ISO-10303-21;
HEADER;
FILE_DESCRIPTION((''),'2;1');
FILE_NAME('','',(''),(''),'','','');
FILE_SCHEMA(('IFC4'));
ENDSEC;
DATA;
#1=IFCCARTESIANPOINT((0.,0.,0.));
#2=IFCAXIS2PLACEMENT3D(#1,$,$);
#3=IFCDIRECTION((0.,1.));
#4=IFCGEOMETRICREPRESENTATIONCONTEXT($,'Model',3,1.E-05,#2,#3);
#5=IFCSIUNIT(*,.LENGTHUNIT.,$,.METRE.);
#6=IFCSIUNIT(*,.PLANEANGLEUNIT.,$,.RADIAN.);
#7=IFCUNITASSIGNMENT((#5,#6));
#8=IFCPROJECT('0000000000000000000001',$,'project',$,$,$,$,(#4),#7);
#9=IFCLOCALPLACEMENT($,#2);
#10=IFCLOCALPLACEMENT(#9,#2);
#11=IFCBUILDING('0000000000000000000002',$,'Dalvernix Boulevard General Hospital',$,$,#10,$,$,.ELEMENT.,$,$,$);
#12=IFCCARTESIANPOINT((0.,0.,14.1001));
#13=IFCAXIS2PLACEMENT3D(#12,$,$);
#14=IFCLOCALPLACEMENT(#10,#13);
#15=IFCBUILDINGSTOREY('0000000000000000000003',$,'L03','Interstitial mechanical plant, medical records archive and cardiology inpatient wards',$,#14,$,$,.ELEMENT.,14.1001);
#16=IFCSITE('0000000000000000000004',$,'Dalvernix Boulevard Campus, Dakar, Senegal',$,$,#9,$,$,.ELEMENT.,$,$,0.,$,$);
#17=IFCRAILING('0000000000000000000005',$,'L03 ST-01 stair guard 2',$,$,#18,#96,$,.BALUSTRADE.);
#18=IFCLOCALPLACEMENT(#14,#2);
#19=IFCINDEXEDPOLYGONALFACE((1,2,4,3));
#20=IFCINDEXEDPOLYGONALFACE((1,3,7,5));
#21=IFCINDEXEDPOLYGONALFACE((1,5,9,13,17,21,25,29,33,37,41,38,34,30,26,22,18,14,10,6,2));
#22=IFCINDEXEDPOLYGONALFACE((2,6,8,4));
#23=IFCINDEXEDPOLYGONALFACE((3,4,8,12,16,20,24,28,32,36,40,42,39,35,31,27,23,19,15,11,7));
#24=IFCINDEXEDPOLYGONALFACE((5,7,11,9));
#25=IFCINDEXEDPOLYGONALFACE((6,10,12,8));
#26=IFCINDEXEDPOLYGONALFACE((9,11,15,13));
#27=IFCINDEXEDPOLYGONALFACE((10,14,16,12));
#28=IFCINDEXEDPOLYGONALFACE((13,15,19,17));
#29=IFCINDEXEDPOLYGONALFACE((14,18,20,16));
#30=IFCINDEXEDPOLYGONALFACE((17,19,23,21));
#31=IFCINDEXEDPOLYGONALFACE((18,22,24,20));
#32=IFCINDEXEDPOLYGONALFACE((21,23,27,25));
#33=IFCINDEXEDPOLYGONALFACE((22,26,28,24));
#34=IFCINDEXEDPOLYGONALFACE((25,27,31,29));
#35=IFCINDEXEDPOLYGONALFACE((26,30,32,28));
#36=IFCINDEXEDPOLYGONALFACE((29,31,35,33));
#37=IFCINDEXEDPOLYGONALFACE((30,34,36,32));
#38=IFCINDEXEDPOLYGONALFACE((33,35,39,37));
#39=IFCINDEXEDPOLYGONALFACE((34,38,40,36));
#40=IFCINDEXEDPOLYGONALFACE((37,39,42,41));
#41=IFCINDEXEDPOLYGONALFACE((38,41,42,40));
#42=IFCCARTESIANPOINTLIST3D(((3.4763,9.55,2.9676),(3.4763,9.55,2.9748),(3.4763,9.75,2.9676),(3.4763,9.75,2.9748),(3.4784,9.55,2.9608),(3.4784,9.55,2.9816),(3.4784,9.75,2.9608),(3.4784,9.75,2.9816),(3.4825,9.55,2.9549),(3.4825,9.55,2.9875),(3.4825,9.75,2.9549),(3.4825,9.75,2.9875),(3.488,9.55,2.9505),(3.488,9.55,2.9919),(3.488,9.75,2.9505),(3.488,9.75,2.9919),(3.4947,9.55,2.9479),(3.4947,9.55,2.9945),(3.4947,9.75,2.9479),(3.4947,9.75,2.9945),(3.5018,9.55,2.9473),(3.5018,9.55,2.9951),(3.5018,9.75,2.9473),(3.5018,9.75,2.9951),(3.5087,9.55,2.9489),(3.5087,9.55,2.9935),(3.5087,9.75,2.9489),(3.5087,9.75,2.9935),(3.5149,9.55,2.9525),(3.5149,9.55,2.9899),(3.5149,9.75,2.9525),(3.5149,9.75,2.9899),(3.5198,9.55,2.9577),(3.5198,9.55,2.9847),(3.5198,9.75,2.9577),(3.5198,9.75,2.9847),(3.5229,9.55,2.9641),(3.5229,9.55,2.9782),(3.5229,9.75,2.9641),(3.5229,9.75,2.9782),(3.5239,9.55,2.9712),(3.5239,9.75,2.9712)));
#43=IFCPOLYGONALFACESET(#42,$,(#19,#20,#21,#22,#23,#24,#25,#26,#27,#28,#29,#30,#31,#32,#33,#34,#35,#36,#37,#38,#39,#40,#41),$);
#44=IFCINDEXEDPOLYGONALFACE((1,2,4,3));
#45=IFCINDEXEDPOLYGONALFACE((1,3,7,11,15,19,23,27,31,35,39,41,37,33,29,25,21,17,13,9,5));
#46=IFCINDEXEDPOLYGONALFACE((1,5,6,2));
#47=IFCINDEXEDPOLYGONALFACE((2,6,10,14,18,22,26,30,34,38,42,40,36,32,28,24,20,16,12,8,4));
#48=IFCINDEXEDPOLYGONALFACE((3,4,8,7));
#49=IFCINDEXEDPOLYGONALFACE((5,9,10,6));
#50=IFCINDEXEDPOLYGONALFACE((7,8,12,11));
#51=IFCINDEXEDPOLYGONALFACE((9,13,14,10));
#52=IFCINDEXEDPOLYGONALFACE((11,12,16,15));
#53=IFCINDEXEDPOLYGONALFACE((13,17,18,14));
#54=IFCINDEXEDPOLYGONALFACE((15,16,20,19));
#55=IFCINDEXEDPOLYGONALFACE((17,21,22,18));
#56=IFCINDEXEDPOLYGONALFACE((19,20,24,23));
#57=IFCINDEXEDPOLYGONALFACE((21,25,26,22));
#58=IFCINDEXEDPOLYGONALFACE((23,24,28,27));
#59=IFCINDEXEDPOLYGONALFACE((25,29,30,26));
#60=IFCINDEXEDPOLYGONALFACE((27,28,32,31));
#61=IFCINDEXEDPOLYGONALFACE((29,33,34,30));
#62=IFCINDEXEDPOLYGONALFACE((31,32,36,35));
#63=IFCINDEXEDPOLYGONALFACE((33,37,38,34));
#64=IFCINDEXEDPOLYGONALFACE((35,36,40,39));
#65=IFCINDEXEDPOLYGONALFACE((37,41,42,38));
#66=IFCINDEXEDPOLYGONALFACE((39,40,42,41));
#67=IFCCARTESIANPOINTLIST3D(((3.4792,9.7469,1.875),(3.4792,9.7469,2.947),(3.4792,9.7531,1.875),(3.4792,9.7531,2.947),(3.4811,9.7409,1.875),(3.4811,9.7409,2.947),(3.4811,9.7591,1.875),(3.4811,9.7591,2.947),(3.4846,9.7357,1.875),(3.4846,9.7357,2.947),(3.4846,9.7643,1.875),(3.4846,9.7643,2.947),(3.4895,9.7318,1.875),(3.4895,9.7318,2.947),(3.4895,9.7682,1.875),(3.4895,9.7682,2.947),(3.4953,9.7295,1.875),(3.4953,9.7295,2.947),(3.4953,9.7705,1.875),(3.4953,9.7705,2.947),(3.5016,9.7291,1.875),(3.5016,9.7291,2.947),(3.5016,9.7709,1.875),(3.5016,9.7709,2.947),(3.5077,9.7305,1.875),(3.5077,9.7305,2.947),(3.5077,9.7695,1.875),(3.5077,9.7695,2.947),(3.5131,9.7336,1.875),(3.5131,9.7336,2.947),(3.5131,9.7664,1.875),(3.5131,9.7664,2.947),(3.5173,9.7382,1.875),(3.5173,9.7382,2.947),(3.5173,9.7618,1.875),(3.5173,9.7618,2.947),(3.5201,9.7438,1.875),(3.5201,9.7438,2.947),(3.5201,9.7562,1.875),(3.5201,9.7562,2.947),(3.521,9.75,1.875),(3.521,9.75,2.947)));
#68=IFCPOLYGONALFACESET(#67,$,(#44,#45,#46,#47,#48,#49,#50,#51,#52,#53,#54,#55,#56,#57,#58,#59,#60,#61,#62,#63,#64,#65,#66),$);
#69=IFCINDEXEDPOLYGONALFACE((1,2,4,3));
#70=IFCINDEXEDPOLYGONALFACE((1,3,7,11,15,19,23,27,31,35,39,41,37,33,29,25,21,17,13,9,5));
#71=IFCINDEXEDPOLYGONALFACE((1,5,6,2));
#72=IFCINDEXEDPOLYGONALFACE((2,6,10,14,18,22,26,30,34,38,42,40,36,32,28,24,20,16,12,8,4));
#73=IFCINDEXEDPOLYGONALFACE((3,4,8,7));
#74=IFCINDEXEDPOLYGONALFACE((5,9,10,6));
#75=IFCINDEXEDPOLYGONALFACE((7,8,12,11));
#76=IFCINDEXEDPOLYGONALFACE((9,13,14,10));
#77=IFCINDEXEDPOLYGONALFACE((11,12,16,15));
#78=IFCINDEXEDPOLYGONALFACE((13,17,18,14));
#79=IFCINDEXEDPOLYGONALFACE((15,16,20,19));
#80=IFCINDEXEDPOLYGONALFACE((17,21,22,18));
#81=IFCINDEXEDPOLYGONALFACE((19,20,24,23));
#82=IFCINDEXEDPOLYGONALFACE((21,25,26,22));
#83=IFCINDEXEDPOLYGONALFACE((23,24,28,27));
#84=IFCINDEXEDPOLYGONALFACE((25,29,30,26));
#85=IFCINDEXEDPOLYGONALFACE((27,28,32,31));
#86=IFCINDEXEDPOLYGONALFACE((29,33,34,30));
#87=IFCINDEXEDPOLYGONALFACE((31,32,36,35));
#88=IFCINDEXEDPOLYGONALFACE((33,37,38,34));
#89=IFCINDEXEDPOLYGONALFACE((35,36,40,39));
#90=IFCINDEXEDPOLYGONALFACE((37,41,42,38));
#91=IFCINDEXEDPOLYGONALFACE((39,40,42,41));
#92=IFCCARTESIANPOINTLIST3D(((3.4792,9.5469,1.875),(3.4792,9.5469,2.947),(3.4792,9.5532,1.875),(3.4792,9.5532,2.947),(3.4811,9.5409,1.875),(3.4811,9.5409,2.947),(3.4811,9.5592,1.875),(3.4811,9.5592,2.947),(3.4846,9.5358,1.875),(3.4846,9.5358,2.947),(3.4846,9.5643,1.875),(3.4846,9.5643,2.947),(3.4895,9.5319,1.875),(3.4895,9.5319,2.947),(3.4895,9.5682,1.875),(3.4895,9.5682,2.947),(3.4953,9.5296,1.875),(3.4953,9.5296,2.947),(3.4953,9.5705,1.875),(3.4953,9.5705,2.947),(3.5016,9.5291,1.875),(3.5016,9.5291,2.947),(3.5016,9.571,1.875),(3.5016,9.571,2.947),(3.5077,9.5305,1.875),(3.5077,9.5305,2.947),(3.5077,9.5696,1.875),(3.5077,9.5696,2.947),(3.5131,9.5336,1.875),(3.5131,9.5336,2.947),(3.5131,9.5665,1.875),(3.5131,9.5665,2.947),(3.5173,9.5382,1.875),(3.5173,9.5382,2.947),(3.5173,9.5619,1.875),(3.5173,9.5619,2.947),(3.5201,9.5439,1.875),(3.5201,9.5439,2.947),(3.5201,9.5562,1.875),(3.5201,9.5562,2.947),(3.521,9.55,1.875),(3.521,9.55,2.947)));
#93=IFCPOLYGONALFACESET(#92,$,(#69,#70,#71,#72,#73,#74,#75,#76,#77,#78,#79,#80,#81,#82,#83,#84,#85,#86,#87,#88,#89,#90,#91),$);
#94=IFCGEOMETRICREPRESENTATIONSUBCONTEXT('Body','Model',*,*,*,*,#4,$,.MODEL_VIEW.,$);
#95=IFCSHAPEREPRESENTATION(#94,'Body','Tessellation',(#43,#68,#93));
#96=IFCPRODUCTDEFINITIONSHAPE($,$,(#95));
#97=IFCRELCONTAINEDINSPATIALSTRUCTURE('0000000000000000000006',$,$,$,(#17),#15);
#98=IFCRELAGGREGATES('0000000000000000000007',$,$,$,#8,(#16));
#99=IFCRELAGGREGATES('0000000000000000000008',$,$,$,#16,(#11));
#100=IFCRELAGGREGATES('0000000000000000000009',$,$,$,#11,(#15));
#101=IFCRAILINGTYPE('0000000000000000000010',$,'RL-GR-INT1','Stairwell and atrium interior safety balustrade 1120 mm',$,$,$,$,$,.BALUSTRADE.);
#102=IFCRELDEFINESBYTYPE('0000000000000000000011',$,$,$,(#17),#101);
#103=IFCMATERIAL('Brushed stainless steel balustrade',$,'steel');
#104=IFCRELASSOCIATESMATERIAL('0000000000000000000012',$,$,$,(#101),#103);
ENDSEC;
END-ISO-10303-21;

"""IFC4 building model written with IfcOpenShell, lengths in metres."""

from ifc_helpers import new_model, si_unit, direction, frame, origin, origin_2d, place, context, subcontext, project, spatial, circle, extrude, material, type_object, element, save


model = new_model("IFC4")

# Units and contexts
model_context = context("Model", 3, precision=1e-05, world=origin(), true_north=direction((0.0, 1.0)))
body_context = subcontext(model_context, "Body", "Model", "MODEL_VIEW")
ifc_project = project(units=[si_unit("LENGTHUNIT", "METRE"), si_unit("PLANEANGLEUNIT", "RADIAN")], contexts=[model_context])

# Site, building, storey
site_placement = place(None, origin())
site = spatial("IfcSite", under=ifc_project, at=site_placement, Name="Dalvernix Boulevard Campus, Dakar, Senegal", CompositionType="ELEMENT", RefElevation=0.0)
building_placement = place(site_placement, origin())
building = spatial("IfcBuilding", under=site, at=building_placement, Name="Dalvernix Boulevard General Hospital", CompositionType="ELEMENT")
storey_placement = place(building_placement, frame((0.0, 0.0, 14.1001)))
storey = spatial("IfcBuildingStorey", under=building, at=storey_placement, Name="L03", Description="Interstitial mechanical plant, medical records archive and cardiology inpatient wards", CompositionType="ELEMENT", Elevation=14.1001)

# Railing
ifc_material_1 = material(Name="Brushed stainless steel balustrade", Category="steel")
railing_type_1 = type_object("IfcRailingType", Name="RL-GR-INT1", Description="Stairwell and atrium interior safety balustrade 1120 mm", PredefinedType="BALUSTRADE", material=ifc_material_1)
railing_1_placement = place(storey_placement, frame((3.5, 9.75, 1.875)))
element("IfcRailing", 1, at=railing_1_placement, inside=storey, type_object=railing_type_1, Name="L03 ST-01 stair guard 2", PredefinedType="BALUSTRADE", context=body_context, shape_type="SweptSolid", body=[
    extrude(circle(Radius=0.0239, at=origin_2d()), frame((0.0, 0.0, 1.0962), z_axis=(0.0, -1.0, 0.0), x_axis=(1.0, 0.0, 0.0)), (0.0, 0.0, 1.0), 0.2),
    extrude(circle(Radius=0.021, at=origin_2d()), origin(), (0.0, 0.0, 1.0), 1.072),
    extrude(circle(Radius=0.021, at=origin_2d()), frame((0.0, -0.2, 0.0)), (0.0, 0.0, 1.0), 1.072),
])

save(model, "model.ifc")
